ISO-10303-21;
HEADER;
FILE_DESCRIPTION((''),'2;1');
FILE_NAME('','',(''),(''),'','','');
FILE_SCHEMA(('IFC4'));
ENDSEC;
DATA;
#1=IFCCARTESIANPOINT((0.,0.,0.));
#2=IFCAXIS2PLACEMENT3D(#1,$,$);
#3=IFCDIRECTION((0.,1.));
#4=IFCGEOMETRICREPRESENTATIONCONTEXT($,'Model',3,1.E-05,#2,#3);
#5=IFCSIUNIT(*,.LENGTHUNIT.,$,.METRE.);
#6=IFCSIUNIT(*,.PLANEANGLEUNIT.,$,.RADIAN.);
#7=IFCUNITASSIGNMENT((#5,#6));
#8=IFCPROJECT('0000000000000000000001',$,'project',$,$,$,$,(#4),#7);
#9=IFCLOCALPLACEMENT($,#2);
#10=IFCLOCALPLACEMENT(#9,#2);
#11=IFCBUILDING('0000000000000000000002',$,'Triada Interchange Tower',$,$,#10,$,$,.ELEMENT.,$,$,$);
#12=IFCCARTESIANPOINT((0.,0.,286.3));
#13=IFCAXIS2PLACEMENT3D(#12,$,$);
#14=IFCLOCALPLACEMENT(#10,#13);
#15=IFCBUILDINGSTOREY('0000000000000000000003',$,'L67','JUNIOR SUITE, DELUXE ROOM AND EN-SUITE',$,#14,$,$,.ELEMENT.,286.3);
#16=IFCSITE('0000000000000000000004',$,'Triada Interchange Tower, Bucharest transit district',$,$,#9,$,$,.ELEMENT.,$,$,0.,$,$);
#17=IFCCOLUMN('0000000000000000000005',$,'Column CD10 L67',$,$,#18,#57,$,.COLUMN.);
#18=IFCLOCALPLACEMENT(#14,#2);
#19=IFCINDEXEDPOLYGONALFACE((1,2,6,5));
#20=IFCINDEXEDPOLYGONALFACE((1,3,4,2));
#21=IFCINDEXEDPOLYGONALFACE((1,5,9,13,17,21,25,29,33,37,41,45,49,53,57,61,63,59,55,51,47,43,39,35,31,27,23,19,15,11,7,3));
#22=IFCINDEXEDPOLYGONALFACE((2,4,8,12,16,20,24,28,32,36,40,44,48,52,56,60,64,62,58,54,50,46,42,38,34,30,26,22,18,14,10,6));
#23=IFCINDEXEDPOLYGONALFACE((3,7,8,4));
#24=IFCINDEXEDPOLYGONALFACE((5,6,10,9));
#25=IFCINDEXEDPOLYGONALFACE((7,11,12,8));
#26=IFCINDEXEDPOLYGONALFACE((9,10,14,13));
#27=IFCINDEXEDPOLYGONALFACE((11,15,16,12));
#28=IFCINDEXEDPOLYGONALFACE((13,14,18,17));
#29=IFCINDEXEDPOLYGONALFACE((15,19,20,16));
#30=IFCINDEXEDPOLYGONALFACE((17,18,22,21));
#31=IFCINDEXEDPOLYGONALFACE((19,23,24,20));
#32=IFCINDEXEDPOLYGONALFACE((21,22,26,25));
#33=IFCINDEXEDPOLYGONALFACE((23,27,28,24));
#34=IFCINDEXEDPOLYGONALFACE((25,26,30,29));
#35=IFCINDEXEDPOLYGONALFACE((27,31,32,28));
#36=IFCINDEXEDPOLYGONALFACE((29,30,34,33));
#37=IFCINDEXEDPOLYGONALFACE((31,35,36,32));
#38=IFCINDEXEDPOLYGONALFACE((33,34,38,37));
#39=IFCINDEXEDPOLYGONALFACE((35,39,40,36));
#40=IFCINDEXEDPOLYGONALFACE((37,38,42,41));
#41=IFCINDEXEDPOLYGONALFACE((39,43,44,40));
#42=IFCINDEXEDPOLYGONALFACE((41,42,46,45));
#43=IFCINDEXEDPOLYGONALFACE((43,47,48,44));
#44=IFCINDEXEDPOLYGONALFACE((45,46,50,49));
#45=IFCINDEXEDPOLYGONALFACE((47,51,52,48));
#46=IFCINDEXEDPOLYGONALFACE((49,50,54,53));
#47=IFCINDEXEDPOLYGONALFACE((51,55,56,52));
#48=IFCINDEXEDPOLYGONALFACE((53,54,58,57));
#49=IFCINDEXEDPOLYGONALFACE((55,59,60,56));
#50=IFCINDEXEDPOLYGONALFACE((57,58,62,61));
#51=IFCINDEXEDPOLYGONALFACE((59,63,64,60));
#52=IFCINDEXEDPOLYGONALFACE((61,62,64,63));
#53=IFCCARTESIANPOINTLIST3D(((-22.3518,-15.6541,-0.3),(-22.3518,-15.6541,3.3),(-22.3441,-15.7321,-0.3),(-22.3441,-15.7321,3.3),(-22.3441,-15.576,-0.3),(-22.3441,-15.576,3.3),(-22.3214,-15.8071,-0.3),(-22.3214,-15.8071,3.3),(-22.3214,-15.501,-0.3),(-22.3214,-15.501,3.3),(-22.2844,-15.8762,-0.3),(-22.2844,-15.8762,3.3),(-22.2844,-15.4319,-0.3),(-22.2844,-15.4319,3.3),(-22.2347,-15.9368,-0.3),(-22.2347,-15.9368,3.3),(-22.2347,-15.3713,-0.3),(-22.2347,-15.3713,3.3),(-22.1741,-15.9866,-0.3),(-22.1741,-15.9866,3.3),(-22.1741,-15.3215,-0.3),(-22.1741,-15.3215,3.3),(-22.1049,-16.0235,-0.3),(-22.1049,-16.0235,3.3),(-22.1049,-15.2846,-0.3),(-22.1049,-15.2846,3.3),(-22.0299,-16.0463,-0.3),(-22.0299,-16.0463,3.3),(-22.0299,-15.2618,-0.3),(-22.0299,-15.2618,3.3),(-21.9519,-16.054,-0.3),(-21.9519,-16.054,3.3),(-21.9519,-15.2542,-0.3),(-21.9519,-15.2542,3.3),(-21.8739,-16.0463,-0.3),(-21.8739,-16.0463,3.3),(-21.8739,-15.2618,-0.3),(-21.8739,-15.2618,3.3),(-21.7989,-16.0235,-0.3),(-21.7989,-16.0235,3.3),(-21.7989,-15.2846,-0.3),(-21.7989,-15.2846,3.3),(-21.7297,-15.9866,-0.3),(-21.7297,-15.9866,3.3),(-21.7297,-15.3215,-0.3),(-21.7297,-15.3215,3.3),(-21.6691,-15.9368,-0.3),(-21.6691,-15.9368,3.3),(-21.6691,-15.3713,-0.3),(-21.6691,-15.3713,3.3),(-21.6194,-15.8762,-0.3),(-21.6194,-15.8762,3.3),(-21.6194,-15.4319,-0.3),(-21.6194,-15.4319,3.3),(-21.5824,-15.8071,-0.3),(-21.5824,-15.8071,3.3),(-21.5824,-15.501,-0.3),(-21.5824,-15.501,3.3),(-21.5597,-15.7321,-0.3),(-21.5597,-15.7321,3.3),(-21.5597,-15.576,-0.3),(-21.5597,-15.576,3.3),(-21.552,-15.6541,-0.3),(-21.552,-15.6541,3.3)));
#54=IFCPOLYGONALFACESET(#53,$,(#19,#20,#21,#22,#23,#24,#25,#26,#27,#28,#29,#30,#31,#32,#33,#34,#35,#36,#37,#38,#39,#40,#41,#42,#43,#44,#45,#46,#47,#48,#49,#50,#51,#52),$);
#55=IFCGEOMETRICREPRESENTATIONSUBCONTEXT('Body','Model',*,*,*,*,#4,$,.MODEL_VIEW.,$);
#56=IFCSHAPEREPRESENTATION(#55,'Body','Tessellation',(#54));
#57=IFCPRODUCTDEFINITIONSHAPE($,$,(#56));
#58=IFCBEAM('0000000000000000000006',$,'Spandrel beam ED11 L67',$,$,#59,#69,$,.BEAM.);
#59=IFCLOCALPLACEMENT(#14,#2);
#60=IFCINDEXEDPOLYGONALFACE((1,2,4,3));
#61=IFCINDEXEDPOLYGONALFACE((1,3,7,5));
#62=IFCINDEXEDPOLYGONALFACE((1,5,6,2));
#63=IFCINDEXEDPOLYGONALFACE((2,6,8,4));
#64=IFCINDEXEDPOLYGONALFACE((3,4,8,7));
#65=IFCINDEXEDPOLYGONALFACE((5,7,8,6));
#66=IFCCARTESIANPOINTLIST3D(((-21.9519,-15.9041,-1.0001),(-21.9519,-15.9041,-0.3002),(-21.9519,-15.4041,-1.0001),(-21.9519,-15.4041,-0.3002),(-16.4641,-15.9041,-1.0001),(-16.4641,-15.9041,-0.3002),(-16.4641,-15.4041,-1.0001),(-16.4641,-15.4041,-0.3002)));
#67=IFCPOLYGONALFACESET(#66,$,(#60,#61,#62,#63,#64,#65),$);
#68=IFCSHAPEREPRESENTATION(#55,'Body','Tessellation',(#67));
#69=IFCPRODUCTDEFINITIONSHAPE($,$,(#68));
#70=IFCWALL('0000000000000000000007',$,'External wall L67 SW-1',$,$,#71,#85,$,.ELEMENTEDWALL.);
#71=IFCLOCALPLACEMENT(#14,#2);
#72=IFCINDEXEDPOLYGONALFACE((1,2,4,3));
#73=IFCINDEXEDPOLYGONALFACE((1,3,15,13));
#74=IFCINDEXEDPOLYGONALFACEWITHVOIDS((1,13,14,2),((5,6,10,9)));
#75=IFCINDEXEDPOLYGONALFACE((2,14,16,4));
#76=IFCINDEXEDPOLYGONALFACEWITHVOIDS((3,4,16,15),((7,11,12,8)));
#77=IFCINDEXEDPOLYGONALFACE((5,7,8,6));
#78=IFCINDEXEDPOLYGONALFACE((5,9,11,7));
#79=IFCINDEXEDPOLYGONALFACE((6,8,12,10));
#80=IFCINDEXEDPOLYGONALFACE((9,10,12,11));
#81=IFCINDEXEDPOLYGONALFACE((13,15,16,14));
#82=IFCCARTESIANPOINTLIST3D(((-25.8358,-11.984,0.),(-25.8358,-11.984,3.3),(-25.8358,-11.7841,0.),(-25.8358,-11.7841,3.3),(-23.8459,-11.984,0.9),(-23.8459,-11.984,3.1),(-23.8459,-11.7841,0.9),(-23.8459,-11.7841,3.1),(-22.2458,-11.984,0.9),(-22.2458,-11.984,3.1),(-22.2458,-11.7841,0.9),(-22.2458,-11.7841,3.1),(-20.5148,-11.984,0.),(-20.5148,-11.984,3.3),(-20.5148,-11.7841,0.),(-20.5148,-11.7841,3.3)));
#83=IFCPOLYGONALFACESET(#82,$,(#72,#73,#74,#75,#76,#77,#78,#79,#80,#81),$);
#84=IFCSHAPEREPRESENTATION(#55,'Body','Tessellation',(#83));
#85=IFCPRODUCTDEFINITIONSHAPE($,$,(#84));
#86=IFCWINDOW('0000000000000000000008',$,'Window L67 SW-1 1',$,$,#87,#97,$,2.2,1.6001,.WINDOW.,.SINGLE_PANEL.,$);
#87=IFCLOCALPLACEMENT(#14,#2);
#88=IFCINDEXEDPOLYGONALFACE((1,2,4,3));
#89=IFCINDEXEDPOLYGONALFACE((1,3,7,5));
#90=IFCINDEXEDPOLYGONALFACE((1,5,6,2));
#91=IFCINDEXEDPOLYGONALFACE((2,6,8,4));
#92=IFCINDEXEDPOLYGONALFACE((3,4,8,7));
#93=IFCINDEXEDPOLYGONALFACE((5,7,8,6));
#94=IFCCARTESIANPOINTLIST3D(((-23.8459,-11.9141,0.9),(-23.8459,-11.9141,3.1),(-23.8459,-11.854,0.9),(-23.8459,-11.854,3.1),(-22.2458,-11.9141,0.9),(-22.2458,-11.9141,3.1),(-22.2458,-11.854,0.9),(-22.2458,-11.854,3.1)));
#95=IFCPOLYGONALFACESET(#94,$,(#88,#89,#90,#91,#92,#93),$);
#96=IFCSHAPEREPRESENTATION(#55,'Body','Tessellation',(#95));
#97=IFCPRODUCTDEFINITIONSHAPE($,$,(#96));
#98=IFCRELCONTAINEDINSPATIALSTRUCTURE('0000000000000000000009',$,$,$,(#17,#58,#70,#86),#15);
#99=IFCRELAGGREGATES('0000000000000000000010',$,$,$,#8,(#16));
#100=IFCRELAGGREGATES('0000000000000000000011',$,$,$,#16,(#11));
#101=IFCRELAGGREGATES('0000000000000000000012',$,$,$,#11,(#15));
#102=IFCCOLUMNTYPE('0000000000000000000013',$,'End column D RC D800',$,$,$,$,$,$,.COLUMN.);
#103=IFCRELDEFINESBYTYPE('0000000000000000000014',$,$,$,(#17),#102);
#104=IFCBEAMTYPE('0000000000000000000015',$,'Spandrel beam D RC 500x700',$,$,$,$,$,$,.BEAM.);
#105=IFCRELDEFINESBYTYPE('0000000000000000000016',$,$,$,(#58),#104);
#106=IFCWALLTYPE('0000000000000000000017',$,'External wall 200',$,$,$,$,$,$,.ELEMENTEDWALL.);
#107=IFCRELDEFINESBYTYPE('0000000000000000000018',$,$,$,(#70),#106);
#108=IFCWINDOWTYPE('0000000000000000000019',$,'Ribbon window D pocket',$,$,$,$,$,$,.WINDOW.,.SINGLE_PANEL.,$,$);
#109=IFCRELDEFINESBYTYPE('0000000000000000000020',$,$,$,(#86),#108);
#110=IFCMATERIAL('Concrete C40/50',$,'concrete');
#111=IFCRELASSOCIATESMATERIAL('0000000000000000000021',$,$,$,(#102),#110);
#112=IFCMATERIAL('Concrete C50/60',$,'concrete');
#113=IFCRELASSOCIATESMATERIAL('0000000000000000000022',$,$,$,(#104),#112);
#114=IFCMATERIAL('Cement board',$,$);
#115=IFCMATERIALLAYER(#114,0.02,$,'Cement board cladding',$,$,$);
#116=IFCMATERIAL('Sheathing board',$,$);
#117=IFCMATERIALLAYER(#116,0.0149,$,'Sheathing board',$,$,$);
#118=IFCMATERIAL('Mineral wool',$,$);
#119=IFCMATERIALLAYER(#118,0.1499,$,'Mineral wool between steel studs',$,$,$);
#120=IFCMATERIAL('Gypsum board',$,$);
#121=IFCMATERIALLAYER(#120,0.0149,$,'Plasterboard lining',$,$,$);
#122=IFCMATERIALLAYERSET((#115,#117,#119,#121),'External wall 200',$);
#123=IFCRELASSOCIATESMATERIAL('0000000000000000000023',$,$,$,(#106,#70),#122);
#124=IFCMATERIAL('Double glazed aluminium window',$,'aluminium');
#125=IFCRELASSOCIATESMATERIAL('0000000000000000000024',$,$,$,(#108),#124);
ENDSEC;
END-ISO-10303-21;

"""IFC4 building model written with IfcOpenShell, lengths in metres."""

from ifc_helpers import new_model, si_unit, direction, frame, frame_2d, origin, origin_2d, place, context, subcontext, project, spatial, rectangle, circle, extrude, material, layer, layer_set, layer_usage, material_profile, profile_set, type_object, element, fill, save


model = new_model("IFC4")

# Units and contexts
model_context = context("Model", 3, precision=1e-05, world=origin(), true_north=direction((0.0, 1.0)))
body_context = subcontext(model_context, "Body", "Model", "MODEL_VIEW")
ifc_project = project(units=[si_unit("LENGTHUNIT", "METRE"), si_unit("PLANEANGLEUNIT", "RADIAN")], contexts=[model_context])

# Site, building, storey
site_placement = place(None, origin())
site = spatial("IfcSite", under=ifc_project, at=site_placement, Name="Triada Interchange Tower, Bucharest transit district", CompositionType="ELEMENT", RefElevation=0.0)
building_placement = place(site_placement, origin())
building = spatial("IfcBuilding", under=site, at=building_placement, Name="Triada Interchange Tower", CompositionType="ELEMENT")
storey_placement = place(building_placement, frame((0.0, 0.0, 286.3)))
storey = spatial("IfcBuildingStorey", under=building, at=storey_placement, Name="L67", Description="JUNIOR SUITE, DELUXE ROOM AND EN-SUITE", CompositionType="ELEMENT", Elevation=286.3)

# Column
ifc_material_1 = material(Name="Concrete C40/50", Category="concrete")
ifc_material_profile_1 = material_profile(ifc_material_1, circle(Radius=0.3999, at=origin_2d()), Name="RC D800")
ifc_profile_set_1 = profile_set([ifc_material_profile_1], Name="Concrete C40/50")
column_type = type_object("IfcColumnType", Name="End column D RC D800", PredefinedType="COLUMN", material=ifc_profile_set_1)
column_placement = place(storey_placement, frame((-21.9519, -15.6541, -0.3), z_axis=(0.0, 0.0, 1.0), x_axis=(1.0, 0.0, 0.0)))
element("IfcColumn", 1, at=column_placement, inside=storey, type_object=column_type, Name="Column CD10 L67", PredefinedType="COLUMN", context=body_context, shape_type="SweptSolid", body=[
    extrude(circle(Radius=0.3999, at=origin_2d()), origin(), (0.0, 0.0, 1.0), 3.6001),
])

# Beam
ifc_material_2 = material(Name="Concrete C50/60", Category="concrete")
ifc_material_profile_2 = material_profile(ifc_material_2, rectangle(XDim=0.5, YDim=0.7, at=origin_2d()), Name="RC 500x700")
ifc_profile_set_2 = profile_set([ifc_material_profile_2], Name="Concrete C50/60")
beam_type = type_object("IfcBeamType", Name="Spandrel beam D RC 500x700", PredefinedType="BEAM", material=ifc_profile_set_2)
beam_placement = place(storey_placement, frame((-21.9519, -15.6541, -0.6501), z_axis=(1.0, 0.0, 0.0), x_axis=(0.0, 1.0, 0.0)))
element("IfcBeam", 2, at=beam_placement, inside=storey, type_object=beam_type, Name="Spandrel beam ED11 L67", PredefinedType="BEAM", context=body_context, shape_type="SweptSolid", body=[
    extrude(rectangle(XDim=0.5, YDim=0.7, at=origin_2d()), origin(), (0.0, 0.0, 1.0), 5.4878),
])

# Wall, opening, window
ifc_material_3 = material(Name="Cement board")
ifc_layer_1 = layer(ifc_material_3, 0.02, Name="Cement board cladding")
ifc_material_4 = material(Name="Sheathing board")
ifc_layer_2 = layer(ifc_material_4, 0.0149, Name="Sheathing board")
ifc_material_5 = material(Name="Mineral wool")
ifc_layer_3 = layer(ifc_material_5, 0.1499, Name="Mineral wool between steel studs")
ifc_material_6 = material(Name="Gypsum board")
ifc_layer_4 = layer(ifc_material_6, 0.0149, Name="Plasterboard lining")
ifc_layer_set_1 = layer_set([ifc_layer_1, ifc_layer_2, ifc_layer_3, ifc_layer_4], Name="External wall 200")
ifc_layer_usage = layer_usage(ifc_layer_set_1, "AXIS2", "POSITIVE", -0.1001)
wall_type = type_object("IfcWallType", Name="External wall 200", PredefinedType="ELEMENTEDWALL", material=ifc_layer_set_1)
wall_1_placement = place(storey_placement, frame((-25.8359, -11.884, 0.0), z_axis=(0.0, 0.0, 1.0), x_axis=(1.0, 0.0, 0.0)))
wall_1 = element("IfcWall", 3, at=wall_1_placement, inside=storey, type_object=wall_type, material=ifc_layer_usage, Name="External wall L67 SW-1", PredefinedType="ELEMENTEDWALL", context=body_context, shape_type="SweptSolid", body=[
    extrude(rectangle(XDim=5.321, YDim=0.2, at=frame_2d((2.6606, 0.0))), origin(), (0.0, 0.0, 1.0), 3.3),
])
opening_1_placement = place(wall_1_placement, frame((1.99, 0.0, 0.8999)))
opening_1 = element("IfcOpeningElement", 4, at=opening_1_placement, cuts=wall_1, PredefinedType="OPENING", context=body_context, shape_type="SweptSolid", body=[
    extrude(rectangle(XDim=1.6001, YDim=2.2, at=frame_2d((0.8, 1.1001))), frame((0.0, 0.1099, 0.0), z_axis=(0.0, -1.0, 0.0), x_axis=(1.0, 0.0, 0.0)), (0.0, 0.0, 1.0), 0.22),
])
ifc_material_7 = material(Name="Double glazed aluminium window", Category="aluminium")
window_type_1 = type_object("IfcWindowType", Name="Ribbon window D pocket", PartitioningType="SINGLE_PANEL", PredefinedType="WINDOW", material=ifc_material_7)
window_1_placement = place(opening_1_placement, origin())
window_1 = element("IfcWindow", 5, at=window_1_placement, inside=storey, type_object=window_type_1, Name="Window L67 SW-1 1", OverallHeight=2.2, OverallWidth=1.6001, PartitioningType="SINGLE_PANEL", PredefinedType="WINDOW", context=body_context, shape_type="SweptSolid", body=[
    extrude(rectangle(XDim=1.6001, YDim=2.2, at=frame_2d((0.8, 1.1001))), frame((0.0, 0.03, 0.0), z_axis=(0.0, -1.0, 0.0), x_axis=(1.0, 0.0, 0.0)), (0.0, 0.0, 1.0), 0.0601),
])
fill(opening_1, window_1)

save(model, "model.ifc")
